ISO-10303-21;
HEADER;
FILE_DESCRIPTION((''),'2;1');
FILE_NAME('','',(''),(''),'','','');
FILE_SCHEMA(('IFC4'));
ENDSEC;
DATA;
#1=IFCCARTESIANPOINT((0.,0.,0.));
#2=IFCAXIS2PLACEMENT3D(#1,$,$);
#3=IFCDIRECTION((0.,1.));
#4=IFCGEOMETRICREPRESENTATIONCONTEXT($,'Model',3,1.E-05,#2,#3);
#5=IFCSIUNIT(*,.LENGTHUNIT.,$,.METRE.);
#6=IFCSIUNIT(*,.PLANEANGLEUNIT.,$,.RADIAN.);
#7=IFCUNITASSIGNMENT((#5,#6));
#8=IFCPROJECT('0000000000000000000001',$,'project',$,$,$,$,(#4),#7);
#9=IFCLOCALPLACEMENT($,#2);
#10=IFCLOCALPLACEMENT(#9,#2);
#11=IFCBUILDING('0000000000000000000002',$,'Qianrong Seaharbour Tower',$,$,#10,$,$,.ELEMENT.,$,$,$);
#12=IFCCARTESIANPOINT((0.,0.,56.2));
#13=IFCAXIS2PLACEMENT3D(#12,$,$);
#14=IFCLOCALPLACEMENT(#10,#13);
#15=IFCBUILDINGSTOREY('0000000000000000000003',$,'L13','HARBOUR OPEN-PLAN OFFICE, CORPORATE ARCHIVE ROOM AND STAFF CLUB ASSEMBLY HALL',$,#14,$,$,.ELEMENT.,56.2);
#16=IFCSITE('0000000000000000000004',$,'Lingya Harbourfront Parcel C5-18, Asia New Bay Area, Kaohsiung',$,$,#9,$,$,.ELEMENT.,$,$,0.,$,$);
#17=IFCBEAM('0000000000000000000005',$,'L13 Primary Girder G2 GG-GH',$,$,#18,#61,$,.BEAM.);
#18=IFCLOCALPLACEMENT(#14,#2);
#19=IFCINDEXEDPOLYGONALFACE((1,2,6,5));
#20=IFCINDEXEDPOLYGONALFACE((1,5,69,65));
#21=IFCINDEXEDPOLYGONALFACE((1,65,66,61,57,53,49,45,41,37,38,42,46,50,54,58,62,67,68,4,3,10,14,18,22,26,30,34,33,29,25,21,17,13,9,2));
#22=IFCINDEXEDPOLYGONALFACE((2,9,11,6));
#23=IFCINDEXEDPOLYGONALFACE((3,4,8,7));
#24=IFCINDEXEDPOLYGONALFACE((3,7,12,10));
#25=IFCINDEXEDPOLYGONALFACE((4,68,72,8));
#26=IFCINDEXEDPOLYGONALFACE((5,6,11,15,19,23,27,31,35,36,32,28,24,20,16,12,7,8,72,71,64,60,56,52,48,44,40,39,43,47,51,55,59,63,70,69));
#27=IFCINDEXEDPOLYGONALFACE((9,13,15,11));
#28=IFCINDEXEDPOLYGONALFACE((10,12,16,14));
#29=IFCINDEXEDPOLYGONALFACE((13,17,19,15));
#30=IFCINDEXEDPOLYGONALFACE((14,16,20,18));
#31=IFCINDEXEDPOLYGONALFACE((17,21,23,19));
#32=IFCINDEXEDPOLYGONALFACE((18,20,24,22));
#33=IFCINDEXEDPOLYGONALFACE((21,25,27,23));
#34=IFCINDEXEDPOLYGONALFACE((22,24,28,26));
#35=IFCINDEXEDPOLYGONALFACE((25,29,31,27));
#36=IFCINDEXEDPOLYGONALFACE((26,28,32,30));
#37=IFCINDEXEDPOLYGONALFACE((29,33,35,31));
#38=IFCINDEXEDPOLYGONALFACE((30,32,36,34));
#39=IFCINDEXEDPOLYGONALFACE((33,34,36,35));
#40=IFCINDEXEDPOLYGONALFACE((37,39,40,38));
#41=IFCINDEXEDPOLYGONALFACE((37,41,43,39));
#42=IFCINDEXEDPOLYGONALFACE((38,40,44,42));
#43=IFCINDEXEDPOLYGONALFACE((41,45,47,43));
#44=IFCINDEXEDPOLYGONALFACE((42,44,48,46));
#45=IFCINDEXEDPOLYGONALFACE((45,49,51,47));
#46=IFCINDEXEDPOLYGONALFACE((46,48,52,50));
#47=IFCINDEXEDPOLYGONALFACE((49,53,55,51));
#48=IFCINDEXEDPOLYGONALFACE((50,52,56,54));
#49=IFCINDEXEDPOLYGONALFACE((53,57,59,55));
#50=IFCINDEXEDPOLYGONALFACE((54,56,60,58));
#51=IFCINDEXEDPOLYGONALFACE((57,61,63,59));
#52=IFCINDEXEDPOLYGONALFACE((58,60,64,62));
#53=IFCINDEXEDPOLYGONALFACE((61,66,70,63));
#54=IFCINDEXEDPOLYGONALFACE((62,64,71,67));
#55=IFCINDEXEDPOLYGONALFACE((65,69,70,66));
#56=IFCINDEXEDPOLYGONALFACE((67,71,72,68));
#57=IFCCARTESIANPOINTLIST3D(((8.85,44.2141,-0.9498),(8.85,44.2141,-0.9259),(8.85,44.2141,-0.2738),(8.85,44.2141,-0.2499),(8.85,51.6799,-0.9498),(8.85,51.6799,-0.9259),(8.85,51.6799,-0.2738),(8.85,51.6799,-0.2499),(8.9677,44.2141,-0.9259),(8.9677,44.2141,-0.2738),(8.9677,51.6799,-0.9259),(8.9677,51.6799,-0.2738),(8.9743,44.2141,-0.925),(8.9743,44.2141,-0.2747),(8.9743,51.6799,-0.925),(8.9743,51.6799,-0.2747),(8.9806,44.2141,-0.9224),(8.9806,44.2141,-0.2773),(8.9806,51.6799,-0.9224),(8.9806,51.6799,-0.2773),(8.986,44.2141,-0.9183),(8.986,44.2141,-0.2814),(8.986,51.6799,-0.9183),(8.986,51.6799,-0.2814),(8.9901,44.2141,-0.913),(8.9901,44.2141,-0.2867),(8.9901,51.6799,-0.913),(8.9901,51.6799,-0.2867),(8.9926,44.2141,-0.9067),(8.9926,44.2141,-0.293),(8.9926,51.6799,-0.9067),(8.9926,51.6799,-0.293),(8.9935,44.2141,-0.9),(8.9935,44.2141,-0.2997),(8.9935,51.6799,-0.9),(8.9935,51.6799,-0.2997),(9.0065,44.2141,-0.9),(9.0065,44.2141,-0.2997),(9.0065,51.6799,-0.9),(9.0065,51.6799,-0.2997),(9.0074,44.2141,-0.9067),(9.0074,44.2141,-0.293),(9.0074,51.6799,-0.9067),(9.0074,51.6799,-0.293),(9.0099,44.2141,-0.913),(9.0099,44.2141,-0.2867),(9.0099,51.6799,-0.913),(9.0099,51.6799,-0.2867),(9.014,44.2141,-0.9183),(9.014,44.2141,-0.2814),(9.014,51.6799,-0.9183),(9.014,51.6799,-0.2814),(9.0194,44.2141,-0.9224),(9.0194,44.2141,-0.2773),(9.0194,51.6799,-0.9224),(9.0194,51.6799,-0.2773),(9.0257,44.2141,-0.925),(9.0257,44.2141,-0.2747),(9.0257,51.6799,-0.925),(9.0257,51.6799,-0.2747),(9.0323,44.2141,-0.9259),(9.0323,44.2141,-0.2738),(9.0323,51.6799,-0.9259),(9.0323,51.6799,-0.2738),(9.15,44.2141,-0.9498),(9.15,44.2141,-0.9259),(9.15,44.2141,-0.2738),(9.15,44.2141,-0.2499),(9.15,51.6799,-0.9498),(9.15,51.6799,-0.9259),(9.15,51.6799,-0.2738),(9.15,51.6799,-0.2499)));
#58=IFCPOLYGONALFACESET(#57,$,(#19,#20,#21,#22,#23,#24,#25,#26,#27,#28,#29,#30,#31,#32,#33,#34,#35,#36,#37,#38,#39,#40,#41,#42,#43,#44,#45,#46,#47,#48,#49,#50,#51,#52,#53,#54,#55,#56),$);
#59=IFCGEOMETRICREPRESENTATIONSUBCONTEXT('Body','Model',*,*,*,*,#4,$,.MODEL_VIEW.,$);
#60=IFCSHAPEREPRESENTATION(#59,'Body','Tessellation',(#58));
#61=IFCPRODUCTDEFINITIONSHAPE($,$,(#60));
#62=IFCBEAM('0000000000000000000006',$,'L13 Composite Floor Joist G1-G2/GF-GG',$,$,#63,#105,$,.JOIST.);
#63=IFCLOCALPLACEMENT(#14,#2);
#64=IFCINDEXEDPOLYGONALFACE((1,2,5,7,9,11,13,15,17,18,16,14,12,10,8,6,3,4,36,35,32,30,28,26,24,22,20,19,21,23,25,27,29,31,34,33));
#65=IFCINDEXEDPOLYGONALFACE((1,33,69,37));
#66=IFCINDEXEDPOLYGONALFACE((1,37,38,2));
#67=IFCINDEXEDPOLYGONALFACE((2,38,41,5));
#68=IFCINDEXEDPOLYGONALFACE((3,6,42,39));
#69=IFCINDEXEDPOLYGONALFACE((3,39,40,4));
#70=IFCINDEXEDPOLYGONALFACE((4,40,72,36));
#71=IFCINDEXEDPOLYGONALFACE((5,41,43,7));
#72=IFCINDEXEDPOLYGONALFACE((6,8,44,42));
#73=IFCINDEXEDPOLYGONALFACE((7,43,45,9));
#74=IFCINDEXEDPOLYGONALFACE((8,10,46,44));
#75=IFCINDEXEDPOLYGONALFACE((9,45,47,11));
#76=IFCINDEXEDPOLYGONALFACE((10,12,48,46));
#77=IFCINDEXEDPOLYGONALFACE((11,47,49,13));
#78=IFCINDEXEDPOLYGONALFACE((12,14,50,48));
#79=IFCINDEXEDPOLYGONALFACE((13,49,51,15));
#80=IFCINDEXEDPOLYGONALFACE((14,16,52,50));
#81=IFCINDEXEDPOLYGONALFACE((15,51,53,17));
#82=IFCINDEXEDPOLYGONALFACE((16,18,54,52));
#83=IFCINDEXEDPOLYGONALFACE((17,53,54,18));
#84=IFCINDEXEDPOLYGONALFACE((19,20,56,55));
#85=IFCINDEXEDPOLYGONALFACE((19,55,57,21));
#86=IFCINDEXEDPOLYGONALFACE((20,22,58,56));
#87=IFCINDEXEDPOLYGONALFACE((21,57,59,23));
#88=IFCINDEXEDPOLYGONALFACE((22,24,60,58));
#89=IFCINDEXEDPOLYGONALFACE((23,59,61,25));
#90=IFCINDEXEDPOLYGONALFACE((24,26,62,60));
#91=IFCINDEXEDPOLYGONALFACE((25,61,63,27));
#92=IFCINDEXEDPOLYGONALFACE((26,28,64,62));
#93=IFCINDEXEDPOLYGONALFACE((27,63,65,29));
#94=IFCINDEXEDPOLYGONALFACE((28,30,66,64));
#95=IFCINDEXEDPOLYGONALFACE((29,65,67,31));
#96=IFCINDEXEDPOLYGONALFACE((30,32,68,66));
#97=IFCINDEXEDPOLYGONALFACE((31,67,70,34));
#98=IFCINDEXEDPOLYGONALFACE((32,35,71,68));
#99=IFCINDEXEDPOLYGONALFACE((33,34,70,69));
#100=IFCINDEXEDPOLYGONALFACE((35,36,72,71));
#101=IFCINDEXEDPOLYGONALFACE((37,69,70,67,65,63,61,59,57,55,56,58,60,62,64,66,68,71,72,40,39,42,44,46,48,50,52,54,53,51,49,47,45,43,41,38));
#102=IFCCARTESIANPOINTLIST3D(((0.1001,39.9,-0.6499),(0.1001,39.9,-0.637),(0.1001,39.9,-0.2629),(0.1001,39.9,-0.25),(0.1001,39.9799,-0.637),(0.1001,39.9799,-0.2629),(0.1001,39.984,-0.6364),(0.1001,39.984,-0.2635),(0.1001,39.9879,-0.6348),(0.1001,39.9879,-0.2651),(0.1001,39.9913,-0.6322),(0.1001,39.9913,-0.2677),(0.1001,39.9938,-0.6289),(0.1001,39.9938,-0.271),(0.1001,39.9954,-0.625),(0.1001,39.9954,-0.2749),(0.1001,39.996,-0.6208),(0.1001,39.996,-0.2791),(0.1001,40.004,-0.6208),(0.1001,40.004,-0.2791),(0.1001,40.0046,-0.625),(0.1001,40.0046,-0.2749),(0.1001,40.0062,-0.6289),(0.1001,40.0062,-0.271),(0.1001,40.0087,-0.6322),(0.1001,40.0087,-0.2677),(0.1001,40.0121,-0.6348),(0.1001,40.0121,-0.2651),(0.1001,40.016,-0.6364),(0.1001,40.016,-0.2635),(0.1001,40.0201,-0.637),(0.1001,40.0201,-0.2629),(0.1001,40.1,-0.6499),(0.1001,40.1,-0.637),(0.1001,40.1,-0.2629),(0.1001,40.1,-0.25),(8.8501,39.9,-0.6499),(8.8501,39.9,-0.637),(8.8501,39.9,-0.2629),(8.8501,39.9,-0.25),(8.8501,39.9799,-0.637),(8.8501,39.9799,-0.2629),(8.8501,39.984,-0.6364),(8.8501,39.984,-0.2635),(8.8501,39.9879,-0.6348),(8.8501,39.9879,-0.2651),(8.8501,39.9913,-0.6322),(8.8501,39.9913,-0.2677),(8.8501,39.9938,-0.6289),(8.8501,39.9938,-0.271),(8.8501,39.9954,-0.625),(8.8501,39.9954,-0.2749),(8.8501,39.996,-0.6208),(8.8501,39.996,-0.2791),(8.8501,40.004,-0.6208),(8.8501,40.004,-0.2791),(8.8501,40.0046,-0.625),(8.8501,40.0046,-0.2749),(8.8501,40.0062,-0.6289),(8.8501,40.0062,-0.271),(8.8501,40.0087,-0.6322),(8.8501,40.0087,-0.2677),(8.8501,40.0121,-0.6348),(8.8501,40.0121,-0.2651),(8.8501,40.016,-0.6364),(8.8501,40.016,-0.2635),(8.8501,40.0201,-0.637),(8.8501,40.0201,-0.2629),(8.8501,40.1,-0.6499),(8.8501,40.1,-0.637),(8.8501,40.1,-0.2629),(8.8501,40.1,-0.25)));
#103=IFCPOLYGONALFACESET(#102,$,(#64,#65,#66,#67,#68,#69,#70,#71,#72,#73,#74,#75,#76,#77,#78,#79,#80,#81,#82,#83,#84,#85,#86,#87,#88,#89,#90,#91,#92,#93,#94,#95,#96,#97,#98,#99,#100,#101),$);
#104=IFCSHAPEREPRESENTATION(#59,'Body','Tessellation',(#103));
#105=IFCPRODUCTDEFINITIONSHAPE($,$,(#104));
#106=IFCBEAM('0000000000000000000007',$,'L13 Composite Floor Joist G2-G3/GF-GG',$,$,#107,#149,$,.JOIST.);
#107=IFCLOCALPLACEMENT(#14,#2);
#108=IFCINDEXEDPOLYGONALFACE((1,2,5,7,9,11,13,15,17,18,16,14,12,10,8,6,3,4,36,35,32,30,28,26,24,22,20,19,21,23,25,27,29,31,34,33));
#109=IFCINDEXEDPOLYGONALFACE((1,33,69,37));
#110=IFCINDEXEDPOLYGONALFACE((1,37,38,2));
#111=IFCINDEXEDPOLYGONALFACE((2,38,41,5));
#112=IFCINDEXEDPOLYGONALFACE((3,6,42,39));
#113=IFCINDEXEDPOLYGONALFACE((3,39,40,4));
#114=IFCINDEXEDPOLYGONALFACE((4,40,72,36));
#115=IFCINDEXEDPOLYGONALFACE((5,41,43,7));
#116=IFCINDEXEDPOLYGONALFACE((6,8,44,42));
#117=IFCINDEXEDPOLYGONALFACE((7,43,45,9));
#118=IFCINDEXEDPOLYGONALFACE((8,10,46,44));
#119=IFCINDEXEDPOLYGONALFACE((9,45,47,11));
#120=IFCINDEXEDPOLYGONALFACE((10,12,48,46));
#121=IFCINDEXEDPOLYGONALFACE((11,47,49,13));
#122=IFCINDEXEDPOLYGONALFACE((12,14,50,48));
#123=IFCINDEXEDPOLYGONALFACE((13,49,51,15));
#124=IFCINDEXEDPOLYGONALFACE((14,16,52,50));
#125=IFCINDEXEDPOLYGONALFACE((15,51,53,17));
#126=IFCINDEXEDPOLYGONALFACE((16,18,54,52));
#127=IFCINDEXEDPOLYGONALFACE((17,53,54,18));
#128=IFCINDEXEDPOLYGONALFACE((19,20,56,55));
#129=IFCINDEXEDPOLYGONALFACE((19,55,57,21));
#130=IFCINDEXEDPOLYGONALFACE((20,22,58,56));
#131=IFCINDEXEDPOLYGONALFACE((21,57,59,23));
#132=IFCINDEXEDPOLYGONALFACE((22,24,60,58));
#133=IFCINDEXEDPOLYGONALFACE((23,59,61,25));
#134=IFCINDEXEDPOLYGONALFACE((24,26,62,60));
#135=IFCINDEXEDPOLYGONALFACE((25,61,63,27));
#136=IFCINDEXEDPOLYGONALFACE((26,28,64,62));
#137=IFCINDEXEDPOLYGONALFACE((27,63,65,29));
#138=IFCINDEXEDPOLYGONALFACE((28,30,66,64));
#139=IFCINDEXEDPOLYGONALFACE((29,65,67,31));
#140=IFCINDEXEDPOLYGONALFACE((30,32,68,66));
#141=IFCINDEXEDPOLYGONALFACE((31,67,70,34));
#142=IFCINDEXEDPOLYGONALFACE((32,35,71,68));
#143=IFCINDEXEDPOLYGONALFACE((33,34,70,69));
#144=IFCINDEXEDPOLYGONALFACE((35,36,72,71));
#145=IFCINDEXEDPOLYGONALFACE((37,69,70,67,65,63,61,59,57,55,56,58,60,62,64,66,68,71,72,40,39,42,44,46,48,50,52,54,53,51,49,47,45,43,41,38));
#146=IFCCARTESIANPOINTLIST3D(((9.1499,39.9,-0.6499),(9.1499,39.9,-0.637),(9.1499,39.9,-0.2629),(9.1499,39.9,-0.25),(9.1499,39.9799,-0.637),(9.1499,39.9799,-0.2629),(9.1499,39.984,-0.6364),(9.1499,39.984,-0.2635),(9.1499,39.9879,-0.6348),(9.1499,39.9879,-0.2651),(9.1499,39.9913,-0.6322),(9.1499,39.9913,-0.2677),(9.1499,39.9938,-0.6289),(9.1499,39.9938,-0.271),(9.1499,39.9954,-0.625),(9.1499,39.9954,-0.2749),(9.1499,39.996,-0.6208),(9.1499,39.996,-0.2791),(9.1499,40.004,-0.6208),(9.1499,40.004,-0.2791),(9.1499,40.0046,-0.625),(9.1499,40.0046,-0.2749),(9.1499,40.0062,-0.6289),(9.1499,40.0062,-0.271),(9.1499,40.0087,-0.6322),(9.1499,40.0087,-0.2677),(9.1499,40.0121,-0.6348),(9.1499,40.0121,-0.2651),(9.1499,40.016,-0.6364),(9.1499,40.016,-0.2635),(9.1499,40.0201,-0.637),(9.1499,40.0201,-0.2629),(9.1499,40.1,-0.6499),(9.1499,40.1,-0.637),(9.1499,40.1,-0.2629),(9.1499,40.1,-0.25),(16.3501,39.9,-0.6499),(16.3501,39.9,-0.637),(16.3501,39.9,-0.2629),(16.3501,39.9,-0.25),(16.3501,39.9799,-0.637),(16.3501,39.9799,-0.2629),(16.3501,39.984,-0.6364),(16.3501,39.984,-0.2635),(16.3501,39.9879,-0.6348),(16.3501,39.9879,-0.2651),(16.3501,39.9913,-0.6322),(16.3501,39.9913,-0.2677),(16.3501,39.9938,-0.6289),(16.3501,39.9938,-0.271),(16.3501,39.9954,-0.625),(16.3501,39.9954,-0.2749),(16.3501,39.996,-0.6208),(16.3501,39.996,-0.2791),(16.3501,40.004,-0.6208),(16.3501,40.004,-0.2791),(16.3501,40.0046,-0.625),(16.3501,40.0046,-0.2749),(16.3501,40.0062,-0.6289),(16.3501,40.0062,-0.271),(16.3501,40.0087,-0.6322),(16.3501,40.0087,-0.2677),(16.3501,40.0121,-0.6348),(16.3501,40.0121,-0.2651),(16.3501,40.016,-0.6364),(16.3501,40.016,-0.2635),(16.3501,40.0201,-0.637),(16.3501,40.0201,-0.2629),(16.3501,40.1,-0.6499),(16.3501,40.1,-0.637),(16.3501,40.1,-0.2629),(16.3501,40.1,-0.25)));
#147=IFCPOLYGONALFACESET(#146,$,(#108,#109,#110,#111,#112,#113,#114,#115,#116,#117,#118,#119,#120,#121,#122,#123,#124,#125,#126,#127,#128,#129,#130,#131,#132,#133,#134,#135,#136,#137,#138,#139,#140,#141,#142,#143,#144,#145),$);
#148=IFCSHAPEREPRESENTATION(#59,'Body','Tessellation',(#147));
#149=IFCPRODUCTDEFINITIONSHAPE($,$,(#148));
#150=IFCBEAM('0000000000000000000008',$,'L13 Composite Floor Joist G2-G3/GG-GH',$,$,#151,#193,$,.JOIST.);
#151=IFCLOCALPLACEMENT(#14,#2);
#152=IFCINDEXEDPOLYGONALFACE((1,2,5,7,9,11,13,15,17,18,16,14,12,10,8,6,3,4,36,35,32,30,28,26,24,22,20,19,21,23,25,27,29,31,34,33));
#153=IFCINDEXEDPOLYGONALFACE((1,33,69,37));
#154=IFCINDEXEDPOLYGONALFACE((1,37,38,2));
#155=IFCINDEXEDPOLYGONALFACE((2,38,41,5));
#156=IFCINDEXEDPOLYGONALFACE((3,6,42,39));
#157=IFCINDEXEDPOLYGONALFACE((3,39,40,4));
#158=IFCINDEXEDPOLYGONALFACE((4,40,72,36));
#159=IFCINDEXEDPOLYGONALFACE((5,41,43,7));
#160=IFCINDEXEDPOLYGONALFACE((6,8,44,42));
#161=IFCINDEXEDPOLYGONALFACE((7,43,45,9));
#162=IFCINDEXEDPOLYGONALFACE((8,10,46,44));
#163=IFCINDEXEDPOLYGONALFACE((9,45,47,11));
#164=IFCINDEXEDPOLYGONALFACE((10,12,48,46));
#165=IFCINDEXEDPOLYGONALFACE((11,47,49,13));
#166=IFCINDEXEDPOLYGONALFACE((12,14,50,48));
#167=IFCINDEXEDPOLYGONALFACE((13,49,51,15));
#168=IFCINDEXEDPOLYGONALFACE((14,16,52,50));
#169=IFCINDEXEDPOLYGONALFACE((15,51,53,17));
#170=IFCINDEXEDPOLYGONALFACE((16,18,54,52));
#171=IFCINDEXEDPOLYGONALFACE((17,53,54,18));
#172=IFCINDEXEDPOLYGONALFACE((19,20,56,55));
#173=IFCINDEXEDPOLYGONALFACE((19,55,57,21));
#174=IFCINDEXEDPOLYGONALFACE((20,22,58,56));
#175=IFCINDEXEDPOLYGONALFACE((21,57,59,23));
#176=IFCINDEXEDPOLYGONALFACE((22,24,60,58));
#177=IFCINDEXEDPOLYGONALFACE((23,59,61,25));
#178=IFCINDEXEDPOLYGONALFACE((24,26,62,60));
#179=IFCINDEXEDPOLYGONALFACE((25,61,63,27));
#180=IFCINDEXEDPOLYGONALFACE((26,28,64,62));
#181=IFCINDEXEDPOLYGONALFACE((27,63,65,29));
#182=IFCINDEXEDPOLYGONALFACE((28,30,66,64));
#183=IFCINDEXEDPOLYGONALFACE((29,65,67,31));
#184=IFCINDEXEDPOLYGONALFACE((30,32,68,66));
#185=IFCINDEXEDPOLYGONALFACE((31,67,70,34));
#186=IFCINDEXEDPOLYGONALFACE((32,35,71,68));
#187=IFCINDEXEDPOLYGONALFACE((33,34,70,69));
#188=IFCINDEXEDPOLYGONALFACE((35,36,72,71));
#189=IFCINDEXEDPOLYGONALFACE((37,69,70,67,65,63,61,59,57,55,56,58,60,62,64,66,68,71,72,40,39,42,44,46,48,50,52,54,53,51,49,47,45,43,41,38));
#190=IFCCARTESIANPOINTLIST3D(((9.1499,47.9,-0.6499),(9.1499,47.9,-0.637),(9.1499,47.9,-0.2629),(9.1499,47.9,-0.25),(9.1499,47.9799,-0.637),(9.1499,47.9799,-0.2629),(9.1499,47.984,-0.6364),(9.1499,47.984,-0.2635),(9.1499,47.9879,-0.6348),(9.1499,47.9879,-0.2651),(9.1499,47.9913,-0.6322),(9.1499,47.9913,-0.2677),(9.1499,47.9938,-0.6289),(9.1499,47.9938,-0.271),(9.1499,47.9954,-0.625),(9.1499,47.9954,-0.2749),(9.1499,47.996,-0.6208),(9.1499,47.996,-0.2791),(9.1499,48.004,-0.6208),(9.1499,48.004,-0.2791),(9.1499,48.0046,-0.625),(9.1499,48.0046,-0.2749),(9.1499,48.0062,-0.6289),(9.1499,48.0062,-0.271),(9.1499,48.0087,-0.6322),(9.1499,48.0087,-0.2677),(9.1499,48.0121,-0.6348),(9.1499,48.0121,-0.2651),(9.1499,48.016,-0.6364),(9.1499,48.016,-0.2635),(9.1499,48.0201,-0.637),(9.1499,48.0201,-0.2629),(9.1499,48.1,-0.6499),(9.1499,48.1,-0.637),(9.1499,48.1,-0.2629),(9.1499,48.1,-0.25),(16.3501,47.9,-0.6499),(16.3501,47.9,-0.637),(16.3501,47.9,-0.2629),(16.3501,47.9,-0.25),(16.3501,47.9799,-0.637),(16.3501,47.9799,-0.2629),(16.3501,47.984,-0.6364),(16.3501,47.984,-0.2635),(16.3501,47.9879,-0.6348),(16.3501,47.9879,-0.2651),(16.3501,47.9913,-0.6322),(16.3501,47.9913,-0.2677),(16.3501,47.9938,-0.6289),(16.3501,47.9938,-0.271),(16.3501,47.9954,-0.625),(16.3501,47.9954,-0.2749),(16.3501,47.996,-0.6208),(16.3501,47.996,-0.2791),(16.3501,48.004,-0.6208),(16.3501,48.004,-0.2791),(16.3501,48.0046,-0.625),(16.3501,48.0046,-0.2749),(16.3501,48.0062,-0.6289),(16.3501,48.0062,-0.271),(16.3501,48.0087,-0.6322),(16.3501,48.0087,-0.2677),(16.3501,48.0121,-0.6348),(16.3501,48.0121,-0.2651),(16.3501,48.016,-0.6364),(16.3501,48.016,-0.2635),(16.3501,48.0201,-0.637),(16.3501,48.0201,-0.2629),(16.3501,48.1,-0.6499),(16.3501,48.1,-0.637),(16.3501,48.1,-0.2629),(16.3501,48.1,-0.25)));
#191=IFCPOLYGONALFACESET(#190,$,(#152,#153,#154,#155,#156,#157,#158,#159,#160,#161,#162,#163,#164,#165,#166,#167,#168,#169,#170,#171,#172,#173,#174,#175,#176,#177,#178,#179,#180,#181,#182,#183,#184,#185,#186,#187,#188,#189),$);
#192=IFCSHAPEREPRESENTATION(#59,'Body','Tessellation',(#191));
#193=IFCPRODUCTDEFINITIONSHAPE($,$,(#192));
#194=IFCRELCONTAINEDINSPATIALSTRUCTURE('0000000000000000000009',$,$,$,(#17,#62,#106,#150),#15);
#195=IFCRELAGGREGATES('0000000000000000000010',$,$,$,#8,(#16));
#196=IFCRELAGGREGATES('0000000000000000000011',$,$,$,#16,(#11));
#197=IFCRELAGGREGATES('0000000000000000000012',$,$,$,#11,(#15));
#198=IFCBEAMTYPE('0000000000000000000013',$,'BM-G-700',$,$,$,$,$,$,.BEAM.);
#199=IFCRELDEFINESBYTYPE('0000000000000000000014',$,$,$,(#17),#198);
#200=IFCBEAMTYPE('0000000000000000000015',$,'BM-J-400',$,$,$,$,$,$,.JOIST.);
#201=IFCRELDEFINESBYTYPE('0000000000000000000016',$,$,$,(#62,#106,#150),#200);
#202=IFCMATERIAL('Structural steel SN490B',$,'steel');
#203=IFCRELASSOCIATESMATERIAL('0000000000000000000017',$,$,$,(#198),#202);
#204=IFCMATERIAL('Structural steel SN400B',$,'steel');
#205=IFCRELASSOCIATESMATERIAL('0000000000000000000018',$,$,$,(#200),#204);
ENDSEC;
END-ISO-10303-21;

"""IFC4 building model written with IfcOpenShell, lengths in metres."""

from ifc_helpers import new_model, si_unit, direction, frame, origin, origin_2d, place, context, subcontext, project, spatial, i_section, extrude, material, material_profile, profile_set, type_object, element, save


model = new_model("IFC4")

# Units and contexts
model_context = context("Model", 3, precision=1e-05, world=origin(), true_north=direction((0.0, 1.0)))
body_context = subcontext(model_context, "Body", "Model", "MODEL_VIEW")
ifc_project = project(units=[si_unit("LENGTHUNIT", "METRE"), si_unit("PLANEANGLEUNIT", "RADIAN")], contexts=[model_context])

# Site, building, storey
site_placement = place(None, origin())
site = spatial("IfcSite", under=ifc_project, at=site_placement, Name="Lingya Harbourfront Parcel C5-18, Asia New Bay Area, Kaohsiung", CompositionType="ELEMENT", RefElevation=0.0)
building_placement = place(site_placement, origin())
building = spatial("IfcBuilding", under=site, at=building_placement, Name="Qianrong Seaharbour Tower", CompositionType="ELEMENT")
storey_placement = place(building_placement, frame((0.0, 0.0, 56.2)))
storey = spatial("IfcBuildingStorey", under=building, at=storey_placement, Name="L13", Description="HARBOUR OPEN-PLAN OFFICE, CORPORATE ARCHIVE ROOM AND STAFF CLUB ASSEMBLY HALL", CompositionType="ELEMENT", Elevation=56.2)

# Shared definitions
ifc_material_1 = material(Name="Structural steel SN490B", Category="steel")

# Beams
ifc_material_profile_1 = material_profile(ifc_material_1, i_section(OverallWidth=0.3, OverallDepth=0.7, WebThickness=0.0129, FlangeThickness=0.0239, FilletRadius=0.0259, at=origin_2d()), Name="H700x300x13x24")
ifc_profile_set_1 = profile_set([ifc_material_profile_1], Name="Structural steel SN490B")
beam_type_1 = type_object("IfcBeamType", Name="BM-G-700", PredefinedType="BEAM", material=ifc_profile_set_1)
for number, where, z_axis, x_axis, name in (
    (1, (9.0, 44.2141, -0.5999), (0.0, 1.0, 0.0), (-1.0, 0.0, 0.0), "L13 Primary Girder G2 GG-GH"),
):
    element("IfcBeam", number, at=place(storey_placement, frame(where, z_axis=z_axis, x_axis=x_axis)), inside=storey, type_object=beam_type_1, Name=name, PredefinedType="BEAM", context=body_context, shape_type="SweptSolid", body=[
        extrude(i_section(OverallWidth=0.3, OverallDepth=0.7, WebThickness=0.0129, FlangeThickness=0.0239, FilletRadius=0.0259, at=origin_2d()), origin(), (0.0, 0.0, 1.0), 7.4658),
    ])
ifc_material_2 = material(Name="Structural steel SN400B", Category="steel")
ifc_material_profile_2 = material_profile(ifc_material_2, i_section(OverallWidth=0.2, OverallDepth=0.3999, WebThickness=0.0081, FlangeThickness=0.0129, FilletRadius=0.0161, at=origin_2d()), Name="H400x200x8x13")
ifc_profile_set_2 = profile_set([ifc_material_profile_2], Name="Structural steel SN400B")
beam_type_2 = type_object("IfcBeamType", Name="BM-J-400", PredefinedType="JOIST", material=ifc_profile_set_2)
beam_1_placement = place(storey_placement, frame((0.1001, 40.0, -0.45), z_axis=(1.0, 0.0, 0.0), x_axis=(0.0, 1.0, 0.0)))
element("IfcBeam", 2, at=beam_1_placement, inside=storey, type_object=beam_type_2, Name="L13 Composite Floor Joist G1-G2/GF-GG", PredefinedType="JOIST", context=body_context, shape_type="SweptSolid", body=[
    extrude(i_section(OverallWidth=0.2, OverallDepth=0.3999, WebThickness=0.0081, FlangeThickness=0.0129, FilletRadius=0.0161, at=origin_2d()), origin(), (0.0, 0.0, 1.0), 8.75),
])
for number, where, z_axis, x_axis, name in (
    (3, (9.1499, 40.0, -0.45), (1.0, 0.0, 0.0), (0.0, 1.0, 0.0), "L13 Composite Floor Joist G2-G3/GF-GG"),
    (4, (9.1499, 48.0, -0.45), (1.0, 0.0, 0.0), (0.0, 1.0, 0.0), "L13 Composite Floor Joist G2-G3/GG-GH"),
):
    element("IfcBeam", number, at=place(storey_placement, frame(where, z_axis=z_axis, x_axis=x_axis)), inside=storey, type_object=beam_type_2, Name=name, PredefinedType="JOIST", context=body_context, shape_type="SweptSolid", body=[
        extrude(i_section(OverallWidth=0.2, OverallDepth=0.3999, WebThickness=0.0081, FlangeThickness=0.0129, FilletRadius=0.0161, at=origin_2d()), origin(), (0.0, 0.0, 1.0), 7.2002),
    ])

save(model, "model.ifc")
